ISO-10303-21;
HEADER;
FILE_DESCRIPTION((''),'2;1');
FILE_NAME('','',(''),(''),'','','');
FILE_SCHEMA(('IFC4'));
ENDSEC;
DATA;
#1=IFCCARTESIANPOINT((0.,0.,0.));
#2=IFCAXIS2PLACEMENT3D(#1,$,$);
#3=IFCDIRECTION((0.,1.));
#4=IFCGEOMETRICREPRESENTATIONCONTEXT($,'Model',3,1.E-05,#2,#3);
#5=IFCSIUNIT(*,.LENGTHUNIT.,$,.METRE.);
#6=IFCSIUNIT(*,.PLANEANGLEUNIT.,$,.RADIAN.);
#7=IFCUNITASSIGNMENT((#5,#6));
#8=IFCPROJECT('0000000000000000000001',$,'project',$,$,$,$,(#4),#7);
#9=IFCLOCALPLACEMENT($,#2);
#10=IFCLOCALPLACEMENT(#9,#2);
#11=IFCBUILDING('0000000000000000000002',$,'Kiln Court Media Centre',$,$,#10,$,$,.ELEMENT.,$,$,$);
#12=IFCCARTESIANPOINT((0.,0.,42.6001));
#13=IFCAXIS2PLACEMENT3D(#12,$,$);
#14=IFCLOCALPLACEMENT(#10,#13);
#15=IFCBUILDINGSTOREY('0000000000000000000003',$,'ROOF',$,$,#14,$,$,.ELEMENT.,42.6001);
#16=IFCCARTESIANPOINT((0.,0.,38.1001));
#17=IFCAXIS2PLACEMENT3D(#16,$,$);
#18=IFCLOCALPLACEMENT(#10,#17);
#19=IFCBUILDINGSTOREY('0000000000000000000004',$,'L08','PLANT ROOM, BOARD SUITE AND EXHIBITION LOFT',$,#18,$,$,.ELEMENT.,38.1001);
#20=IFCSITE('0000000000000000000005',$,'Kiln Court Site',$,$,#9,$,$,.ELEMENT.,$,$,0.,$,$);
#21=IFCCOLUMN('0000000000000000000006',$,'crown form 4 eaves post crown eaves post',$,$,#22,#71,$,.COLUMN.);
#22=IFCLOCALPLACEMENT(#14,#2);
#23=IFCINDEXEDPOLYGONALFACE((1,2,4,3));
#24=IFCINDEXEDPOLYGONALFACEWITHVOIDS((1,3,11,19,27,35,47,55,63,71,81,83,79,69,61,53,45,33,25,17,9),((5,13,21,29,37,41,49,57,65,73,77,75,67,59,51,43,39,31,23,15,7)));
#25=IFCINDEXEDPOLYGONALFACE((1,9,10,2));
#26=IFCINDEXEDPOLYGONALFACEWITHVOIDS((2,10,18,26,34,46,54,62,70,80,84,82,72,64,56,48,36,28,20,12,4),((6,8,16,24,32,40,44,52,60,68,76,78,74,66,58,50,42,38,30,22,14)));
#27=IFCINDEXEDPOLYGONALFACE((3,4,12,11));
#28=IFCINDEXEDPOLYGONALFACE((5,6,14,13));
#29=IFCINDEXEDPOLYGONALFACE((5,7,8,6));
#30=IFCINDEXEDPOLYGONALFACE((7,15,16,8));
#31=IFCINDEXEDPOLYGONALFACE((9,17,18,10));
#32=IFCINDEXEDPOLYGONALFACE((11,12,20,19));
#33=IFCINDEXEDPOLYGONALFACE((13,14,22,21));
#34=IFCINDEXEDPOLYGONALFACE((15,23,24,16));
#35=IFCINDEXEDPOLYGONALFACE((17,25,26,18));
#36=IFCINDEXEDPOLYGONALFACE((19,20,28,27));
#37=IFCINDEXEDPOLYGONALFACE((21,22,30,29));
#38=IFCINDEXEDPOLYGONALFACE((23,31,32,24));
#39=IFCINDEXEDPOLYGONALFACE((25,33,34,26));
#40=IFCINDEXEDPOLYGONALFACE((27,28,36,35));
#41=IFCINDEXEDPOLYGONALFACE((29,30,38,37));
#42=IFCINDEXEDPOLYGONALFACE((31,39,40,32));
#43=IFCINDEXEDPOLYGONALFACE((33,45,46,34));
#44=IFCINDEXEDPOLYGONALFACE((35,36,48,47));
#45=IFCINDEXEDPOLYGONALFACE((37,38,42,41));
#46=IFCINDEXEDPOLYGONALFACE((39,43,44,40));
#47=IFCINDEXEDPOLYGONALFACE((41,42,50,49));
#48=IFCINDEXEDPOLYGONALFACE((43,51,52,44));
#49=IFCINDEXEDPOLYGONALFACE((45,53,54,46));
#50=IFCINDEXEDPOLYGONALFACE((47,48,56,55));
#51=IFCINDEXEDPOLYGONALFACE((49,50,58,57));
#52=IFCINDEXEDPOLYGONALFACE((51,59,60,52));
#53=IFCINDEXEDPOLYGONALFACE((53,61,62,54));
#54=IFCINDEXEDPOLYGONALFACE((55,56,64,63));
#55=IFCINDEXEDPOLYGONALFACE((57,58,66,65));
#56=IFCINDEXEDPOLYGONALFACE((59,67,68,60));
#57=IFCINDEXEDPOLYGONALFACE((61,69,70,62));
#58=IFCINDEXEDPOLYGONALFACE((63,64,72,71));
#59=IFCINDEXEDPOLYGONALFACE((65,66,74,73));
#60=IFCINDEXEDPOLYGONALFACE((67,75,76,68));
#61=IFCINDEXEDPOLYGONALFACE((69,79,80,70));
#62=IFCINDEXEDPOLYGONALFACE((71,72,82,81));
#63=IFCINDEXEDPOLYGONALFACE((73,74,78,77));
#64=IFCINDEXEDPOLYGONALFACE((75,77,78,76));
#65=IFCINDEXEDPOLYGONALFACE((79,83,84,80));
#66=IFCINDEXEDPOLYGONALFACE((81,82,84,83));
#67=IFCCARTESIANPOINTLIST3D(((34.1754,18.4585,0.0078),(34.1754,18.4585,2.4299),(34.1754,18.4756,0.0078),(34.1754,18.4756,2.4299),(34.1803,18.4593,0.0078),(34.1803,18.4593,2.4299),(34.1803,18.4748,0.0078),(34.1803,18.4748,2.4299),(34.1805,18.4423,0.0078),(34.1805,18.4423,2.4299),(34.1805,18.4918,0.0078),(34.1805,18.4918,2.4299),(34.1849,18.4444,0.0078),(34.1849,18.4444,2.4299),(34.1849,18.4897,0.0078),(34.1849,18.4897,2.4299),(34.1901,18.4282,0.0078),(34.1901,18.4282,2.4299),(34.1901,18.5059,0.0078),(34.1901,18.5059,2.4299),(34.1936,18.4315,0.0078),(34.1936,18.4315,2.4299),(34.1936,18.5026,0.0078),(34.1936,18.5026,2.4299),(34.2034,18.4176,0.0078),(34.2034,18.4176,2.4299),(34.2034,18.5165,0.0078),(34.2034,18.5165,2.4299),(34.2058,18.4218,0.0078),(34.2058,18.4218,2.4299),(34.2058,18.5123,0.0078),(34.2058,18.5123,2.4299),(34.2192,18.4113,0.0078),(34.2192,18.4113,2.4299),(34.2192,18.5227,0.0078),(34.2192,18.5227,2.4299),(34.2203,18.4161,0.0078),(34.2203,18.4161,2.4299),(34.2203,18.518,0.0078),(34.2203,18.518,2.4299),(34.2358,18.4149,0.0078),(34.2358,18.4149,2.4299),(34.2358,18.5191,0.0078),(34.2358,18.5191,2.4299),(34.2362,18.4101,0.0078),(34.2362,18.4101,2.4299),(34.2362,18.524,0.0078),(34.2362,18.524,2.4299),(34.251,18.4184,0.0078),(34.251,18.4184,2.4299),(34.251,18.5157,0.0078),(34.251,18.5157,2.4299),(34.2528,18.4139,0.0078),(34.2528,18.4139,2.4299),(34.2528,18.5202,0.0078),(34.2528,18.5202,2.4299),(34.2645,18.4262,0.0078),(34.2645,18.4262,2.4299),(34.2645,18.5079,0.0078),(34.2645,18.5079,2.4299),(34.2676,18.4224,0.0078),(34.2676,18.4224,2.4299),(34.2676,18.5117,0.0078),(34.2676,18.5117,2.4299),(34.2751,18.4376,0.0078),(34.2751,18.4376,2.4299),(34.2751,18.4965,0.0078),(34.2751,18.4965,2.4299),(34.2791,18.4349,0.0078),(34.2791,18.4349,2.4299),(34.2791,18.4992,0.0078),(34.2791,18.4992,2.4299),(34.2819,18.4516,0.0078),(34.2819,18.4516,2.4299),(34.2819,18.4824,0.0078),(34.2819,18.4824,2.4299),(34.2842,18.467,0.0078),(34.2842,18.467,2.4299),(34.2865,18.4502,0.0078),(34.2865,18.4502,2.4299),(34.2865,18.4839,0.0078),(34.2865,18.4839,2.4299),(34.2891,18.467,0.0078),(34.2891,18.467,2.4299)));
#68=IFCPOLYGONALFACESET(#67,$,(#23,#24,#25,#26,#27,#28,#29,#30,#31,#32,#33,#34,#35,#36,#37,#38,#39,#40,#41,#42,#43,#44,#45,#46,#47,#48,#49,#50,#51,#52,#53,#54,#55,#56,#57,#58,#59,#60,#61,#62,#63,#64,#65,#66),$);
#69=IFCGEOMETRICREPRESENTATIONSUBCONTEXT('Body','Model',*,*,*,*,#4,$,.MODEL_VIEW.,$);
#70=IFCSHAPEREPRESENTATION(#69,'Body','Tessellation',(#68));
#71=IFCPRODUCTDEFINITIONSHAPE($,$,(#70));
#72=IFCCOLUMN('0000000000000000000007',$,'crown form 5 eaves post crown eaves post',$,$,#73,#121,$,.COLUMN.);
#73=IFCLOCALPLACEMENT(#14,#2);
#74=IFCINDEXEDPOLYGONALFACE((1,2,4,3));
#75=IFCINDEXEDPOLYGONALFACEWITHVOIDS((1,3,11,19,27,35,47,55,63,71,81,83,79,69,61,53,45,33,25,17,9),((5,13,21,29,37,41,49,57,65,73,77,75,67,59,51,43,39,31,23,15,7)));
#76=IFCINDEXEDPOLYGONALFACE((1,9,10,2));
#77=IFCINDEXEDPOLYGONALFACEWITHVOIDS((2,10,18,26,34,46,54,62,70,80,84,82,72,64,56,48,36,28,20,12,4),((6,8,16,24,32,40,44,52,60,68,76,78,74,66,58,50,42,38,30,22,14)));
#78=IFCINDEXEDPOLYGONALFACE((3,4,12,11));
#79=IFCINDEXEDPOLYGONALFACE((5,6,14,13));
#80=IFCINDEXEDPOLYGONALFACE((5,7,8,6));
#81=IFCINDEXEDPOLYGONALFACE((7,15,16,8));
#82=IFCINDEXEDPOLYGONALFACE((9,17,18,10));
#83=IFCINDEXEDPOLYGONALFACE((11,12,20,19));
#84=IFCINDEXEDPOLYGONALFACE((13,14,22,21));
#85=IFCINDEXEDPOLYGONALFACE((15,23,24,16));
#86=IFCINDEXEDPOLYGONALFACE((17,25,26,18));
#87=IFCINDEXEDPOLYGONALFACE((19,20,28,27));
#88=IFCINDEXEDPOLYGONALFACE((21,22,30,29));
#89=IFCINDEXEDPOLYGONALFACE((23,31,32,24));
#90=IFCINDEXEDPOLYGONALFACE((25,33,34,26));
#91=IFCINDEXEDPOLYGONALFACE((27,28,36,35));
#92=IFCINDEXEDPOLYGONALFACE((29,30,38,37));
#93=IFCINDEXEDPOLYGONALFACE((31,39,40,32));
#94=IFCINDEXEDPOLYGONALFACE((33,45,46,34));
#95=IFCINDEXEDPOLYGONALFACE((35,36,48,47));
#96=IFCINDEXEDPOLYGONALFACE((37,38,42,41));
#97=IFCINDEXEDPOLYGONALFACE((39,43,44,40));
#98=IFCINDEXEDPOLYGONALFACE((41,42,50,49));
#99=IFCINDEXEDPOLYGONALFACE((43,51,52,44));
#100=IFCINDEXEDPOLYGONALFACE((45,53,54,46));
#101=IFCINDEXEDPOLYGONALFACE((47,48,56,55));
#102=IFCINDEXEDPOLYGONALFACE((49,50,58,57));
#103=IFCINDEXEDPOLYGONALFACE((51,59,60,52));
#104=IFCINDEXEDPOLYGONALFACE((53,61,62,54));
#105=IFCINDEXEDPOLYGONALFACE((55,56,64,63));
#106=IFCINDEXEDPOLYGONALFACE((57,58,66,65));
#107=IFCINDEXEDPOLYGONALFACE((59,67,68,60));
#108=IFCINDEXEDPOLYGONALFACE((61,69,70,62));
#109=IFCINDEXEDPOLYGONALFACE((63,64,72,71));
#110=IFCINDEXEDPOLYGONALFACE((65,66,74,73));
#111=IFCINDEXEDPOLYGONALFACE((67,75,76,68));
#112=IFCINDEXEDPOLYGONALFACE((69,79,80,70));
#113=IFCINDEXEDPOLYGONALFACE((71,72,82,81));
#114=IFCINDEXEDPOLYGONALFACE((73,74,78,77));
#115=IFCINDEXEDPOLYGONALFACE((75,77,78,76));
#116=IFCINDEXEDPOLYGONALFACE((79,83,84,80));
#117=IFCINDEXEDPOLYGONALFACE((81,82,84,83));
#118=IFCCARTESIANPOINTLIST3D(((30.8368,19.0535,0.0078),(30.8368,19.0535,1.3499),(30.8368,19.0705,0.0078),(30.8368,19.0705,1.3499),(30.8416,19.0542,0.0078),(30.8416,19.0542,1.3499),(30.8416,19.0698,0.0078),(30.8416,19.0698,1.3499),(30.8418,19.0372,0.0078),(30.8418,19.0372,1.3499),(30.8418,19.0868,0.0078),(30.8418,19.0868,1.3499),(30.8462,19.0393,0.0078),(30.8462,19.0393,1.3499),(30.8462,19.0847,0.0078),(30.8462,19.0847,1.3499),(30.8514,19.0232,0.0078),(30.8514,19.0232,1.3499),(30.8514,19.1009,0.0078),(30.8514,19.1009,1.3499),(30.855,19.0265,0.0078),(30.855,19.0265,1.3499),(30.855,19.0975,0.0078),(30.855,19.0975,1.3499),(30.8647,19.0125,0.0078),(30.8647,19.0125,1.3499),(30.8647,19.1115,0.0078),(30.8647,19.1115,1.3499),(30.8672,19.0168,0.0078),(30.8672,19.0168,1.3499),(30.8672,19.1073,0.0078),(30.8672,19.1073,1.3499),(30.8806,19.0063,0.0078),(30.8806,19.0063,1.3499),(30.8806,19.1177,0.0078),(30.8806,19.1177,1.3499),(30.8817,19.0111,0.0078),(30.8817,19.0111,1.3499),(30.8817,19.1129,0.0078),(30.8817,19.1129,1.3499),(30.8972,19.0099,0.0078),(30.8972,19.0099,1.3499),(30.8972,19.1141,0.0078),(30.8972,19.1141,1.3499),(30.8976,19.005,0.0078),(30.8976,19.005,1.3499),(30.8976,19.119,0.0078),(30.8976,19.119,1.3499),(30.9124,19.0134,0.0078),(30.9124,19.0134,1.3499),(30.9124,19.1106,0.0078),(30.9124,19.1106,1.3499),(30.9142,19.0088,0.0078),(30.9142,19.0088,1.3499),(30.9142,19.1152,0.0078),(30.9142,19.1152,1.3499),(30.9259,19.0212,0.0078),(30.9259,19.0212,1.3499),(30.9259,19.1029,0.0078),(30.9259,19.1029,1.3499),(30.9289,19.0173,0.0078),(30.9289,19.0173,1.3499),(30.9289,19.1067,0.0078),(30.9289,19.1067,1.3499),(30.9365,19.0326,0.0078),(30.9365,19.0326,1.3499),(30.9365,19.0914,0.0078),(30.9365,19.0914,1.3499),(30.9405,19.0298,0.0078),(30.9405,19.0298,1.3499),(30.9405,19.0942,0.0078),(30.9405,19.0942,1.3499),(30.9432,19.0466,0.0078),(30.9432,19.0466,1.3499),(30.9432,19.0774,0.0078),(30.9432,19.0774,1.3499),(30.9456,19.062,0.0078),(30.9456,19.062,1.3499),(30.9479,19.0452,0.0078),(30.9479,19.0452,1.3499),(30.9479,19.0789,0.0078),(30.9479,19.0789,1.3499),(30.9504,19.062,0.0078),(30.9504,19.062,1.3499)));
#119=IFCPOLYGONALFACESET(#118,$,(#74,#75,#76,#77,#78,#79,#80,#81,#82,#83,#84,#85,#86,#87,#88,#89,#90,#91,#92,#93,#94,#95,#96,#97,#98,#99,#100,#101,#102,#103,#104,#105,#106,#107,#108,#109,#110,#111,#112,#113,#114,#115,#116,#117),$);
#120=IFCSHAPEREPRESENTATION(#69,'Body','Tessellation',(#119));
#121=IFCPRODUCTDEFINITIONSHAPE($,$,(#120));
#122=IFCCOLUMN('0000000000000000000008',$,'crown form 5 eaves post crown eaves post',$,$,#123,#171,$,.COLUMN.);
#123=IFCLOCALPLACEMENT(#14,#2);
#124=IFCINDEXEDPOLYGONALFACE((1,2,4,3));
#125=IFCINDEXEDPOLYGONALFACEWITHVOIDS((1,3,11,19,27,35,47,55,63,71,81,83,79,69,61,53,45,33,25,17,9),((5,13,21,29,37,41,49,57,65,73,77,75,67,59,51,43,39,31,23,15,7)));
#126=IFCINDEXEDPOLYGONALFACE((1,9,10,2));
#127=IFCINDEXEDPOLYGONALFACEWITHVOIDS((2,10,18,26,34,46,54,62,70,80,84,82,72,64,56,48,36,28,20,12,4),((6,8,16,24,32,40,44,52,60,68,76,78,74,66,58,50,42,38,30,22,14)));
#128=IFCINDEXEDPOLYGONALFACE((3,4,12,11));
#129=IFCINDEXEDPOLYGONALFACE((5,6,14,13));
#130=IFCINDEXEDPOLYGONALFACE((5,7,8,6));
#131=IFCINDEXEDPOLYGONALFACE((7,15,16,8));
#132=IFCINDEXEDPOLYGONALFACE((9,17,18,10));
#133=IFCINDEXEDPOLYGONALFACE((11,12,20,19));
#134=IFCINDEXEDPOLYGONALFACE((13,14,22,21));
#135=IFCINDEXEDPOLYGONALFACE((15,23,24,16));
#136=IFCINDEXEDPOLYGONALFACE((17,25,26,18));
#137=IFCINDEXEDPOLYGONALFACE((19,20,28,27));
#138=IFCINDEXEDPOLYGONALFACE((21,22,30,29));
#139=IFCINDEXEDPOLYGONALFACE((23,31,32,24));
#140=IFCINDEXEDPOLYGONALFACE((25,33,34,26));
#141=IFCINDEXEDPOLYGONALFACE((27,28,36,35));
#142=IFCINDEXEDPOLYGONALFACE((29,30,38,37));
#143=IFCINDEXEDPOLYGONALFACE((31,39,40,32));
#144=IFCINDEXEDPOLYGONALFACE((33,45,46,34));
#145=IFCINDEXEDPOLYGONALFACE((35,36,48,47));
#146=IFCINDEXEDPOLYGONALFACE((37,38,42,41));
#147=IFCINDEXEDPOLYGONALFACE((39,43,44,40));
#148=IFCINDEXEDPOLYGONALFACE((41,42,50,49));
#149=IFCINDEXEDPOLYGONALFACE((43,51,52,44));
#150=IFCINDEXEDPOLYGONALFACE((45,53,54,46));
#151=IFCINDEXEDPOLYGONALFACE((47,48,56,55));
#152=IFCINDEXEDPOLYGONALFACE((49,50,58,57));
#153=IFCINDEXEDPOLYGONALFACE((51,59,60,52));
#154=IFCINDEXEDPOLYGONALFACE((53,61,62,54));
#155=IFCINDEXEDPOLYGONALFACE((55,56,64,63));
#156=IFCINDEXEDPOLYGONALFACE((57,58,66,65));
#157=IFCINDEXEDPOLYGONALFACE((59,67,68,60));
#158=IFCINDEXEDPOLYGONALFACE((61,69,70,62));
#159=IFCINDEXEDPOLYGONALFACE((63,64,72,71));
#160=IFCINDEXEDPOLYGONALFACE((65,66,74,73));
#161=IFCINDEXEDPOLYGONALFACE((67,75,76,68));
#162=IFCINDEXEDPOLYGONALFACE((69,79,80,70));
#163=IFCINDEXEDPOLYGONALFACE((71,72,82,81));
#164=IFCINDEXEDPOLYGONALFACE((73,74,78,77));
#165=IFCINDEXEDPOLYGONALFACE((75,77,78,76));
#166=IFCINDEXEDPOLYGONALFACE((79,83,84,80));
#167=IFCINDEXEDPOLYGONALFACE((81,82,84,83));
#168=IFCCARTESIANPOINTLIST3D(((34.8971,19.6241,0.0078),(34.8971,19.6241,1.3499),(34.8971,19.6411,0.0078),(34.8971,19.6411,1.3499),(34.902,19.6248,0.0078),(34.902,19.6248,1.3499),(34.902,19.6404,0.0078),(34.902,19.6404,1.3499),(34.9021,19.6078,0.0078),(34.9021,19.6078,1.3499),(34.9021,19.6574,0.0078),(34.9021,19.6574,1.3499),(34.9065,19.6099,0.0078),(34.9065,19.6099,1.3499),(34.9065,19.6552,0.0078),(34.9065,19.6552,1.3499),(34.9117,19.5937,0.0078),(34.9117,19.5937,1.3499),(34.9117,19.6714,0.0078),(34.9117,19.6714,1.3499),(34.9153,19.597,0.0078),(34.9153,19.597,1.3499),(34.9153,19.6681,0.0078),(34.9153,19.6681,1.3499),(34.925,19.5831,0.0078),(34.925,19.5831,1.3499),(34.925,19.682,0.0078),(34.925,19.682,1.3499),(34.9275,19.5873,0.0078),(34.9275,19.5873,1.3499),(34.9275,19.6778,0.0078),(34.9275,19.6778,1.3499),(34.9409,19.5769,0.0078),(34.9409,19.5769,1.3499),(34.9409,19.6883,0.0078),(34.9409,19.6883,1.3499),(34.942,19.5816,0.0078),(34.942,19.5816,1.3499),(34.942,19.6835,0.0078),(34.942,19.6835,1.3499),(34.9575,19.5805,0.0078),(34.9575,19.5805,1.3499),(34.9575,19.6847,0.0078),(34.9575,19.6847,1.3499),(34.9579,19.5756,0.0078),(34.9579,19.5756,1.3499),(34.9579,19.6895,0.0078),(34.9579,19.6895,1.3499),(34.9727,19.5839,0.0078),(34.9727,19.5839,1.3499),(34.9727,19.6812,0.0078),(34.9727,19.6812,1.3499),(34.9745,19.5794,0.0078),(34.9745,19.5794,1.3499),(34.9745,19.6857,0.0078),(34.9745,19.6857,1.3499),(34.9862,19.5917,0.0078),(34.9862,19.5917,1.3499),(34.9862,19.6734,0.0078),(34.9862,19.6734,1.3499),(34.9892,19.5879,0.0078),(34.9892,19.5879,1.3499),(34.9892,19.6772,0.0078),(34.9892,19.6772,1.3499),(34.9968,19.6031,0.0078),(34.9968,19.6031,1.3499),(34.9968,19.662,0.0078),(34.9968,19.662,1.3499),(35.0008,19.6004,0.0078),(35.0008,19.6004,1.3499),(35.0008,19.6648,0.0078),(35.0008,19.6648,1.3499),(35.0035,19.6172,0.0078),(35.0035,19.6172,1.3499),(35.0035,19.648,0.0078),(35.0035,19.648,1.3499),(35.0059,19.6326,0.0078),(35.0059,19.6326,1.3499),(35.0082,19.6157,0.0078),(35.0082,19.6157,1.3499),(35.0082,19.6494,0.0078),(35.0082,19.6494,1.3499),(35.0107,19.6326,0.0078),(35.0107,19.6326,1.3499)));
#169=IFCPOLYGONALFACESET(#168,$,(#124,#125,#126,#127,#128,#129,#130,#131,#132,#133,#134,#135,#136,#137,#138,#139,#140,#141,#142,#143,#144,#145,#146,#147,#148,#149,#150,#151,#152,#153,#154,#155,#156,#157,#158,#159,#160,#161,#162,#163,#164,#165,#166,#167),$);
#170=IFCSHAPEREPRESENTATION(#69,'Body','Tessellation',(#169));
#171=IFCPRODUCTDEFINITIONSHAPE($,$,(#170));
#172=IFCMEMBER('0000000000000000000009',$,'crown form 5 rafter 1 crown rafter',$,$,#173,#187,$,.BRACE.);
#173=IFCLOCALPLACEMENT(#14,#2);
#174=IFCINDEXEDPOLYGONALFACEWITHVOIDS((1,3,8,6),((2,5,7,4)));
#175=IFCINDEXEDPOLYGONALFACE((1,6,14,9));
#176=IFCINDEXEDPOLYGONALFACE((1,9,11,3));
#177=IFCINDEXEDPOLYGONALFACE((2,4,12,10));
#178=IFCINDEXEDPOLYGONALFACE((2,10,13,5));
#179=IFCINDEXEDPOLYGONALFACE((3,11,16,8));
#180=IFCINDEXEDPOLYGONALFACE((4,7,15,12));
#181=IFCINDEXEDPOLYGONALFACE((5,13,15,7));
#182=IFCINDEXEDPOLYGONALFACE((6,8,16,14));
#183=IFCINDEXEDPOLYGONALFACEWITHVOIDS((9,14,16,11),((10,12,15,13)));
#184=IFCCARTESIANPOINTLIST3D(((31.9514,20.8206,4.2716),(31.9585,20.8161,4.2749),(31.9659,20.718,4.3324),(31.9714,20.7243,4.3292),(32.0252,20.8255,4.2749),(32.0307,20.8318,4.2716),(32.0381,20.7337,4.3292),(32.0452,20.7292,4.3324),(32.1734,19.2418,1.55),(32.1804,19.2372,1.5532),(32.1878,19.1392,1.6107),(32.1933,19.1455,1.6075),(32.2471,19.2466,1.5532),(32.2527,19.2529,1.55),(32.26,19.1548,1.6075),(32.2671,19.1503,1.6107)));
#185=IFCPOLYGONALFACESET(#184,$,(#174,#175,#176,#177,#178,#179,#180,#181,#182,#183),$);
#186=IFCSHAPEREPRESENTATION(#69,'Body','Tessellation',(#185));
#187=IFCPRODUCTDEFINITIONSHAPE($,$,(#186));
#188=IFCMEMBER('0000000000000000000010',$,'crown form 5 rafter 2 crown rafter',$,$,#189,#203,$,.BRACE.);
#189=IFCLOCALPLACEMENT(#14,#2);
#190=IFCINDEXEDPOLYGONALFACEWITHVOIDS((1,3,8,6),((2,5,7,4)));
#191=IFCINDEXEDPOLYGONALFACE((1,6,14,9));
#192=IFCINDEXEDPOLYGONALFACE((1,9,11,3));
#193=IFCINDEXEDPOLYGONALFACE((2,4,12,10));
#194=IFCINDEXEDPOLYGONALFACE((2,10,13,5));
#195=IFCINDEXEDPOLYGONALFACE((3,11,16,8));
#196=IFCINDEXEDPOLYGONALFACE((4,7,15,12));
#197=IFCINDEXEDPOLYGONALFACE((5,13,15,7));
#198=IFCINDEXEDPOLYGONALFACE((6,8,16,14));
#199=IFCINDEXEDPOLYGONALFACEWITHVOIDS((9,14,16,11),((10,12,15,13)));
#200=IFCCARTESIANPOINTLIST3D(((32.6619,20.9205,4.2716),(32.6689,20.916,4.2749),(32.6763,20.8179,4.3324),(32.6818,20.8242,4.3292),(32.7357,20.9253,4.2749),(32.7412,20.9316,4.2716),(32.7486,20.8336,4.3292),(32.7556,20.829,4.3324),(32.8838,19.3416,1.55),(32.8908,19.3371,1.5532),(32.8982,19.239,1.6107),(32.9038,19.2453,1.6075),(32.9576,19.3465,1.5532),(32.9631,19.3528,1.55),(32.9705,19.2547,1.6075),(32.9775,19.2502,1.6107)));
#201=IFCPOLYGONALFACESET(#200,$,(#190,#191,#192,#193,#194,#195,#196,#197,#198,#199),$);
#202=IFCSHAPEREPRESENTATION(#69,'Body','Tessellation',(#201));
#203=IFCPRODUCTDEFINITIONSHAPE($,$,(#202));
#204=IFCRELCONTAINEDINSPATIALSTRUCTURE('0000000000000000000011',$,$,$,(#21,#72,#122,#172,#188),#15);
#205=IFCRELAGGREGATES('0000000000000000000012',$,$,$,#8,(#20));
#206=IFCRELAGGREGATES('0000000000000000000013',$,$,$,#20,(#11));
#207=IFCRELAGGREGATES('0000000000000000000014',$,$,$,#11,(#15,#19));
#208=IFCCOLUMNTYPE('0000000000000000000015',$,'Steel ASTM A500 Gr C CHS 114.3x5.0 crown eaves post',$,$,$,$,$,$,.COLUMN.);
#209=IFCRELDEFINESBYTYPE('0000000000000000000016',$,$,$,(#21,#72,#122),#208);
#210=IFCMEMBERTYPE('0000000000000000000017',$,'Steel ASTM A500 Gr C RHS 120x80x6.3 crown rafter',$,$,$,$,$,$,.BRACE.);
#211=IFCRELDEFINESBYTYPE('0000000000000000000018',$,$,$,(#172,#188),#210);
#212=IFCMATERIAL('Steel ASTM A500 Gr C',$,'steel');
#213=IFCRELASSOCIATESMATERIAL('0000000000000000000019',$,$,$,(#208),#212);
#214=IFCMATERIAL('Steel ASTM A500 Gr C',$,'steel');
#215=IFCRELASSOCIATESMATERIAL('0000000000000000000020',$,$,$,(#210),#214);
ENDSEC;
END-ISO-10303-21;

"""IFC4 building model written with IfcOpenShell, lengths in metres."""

from ifc_helpers import new_model, si_unit, direction, frame, origin, origin_2d, place, context, subcontext, project, spatial, hollow_rectangle, hollow_circle, extrude, material, material_profile, profile_set, type_object, element, save


model = new_model("IFC4")

# Units and contexts
model_context = context("Model", 3, precision=1e-05, world=origin(), true_north=direction((0.0, 1.0)))
body_context = subcontext(model_context, "Body", "Model", "MODEL_VIEW")
ifc_project = project(units=[si_unit("LENGTHUNIT", "METRE"), si_unit("PLANEANGLEUNIT", "RADIAN")], contexts=[model_context])

# Site, building, storey
site_placement = place(None, origin())
site = spatial("IfcSite", under=ifc_project, at=site_placement, Name="Kiln Court Site", CompositionType="ELEMENT", RefElevation=0.0)
building_placement = place(site_placement, origin())
building = spatial("IfcBuilding", under=site, at=building_placement, Name="Kiln Court Media Centre", CompositionType="ELEMENT")
storey_1_placement = place(building_placement, frame((0.0, 0.0, 42.6001)))
storey_1 = spatial("IfcBuildingStorey", under=building, at=storey_1_placement, Name="ROOF", CompositionType="ELEMENT", Elevation=42.6001)

# Columns
ifc_material_1 = material(Name="Steel ASTM A500 Gr C", Category="steel")
ifc_material_profile_1 = material_profile(ifc_material_1, hollow_circle(Radius=0.0571, WallThickness=0.0049, at=origin_2d()), Name="CHS 114.3x5.0")
ifc_profile_set_1 = profile_set([ifc_material_profile_1], Name="Steel ASTM A500 Gr C")
column_type = type_object("IfcColumnType", Name="Steel ASTM A500 Gr C CHS 114.3x5.0 crown eaves post", PredefinedType="COLUMN", material=ifc_profile_set_1)
column_placement = place(storey_1_placement, frame((34.2319, 18.467, 0.0078), z_axis=(0.0, 0.0, 1.0), x_axis=(1.0, 0.0, 0.0)))
element("IfcColumn", 1, at=column_placement, inside=storey_1, type_object=column_type, Name="crown form 4 eaves post crown eaves post", PredefinedType="COLUMN", context=body_context, shape_type="SweptSolid", body=[
    extrude(hollow_circle(Radius=0.0571, WallThickness=0.0049, at=origin_2d()), origin(), (0.0, 0.0, 1.0), 2.4221),
])
for number, where, z_axis, x_axis, name in (
    (2, (30.8933, 19.062, 0.0078), (0.0, 0.0, 1.0), (1.0, 0.0, 0.0), "crown form 5 eaves post crown eaves post"),
    (3, (34.9536, 19.6326, 0.0078), (0.0, 0.0, 1.0), (1.0, 0.0, 0.0), "crown form 5 eaves post crown eaves post"),
):
    element("IfcColumn", number, at=place(storey_1_placement, frame(where, z_axis=z_axis, x_axis=x_axis)), inside=storey_1, type_object=column_type, Name=name, PredefinedType="COLUMN", context=body_context, shape_type="SweptSolid", body=[
        extrude(hollow_circle(Radius=0.0571, WallThickness=0.0049, at=origin_2d()), origin(), (0.0, 0.0, 1.0), 1.342),
    ])

# Members
ifc_material_2 = material(Name="Steel ASTM A500 Gr C", Category="steel")
ifc_material_profile_2 = material_profile(ifc_material_2, hollow_rectangle(XDim=0.0801, YDim=0.1201, WallThickness=0.0063, at=origin_2d()), Name="RHS 120x80x6.3")
ifc_profile_set_2 = profile_set([ifc_material_profile_2], Name="Steel ASTM A500 Gr C")
member_type = type_object("IfcMemberType", Name="Steel ASTM A500 Gr C RHS 120x80x6.3 crown rafter", PredefinedType="BRACE", material=ifc_profile_set_2)
for number, where, z_axis, x_axis, name in (
    (4, (32.2202, 19.196, 1.5803), (-0.070356, 0.500542, 0.862849), (-0.990265, -0.139191, 0.0), "crown form 5 rafter 1 crown rafter"),
    (5, (32.9307, 19.2959, 1.5803), (-0.070356, 0.500542, 0.862849), (-0.990265, -0.139191, 0.0), "crown form 5 rafter 2 crown rafter"),
):
    element("IfcMember", number, at=place(storey_1_placement, frame(where, z_axis=z_axis, x_axis=x_axis)), inside=storey_1, type_object=member_type, Name=name, PredefinedType="BRACE", context=body_context, shape_type="SweptSolid", body=[
        extrude(hollow_rectangle(XDim=0.0801, YDim=0.1201, WallThickness=0.0063, at=origin_2d()), origin(), (0.0, 0.0, 1.0), 3.1543),
    ])

# Shared definitions
storey_2_placement = place(building_placement, frame((0.0, 0.0, 38.1001)))
storey_2 = spatial("IfcBuildingStorey", under=building, at=storey_2_placement, Name="L08", Description="PLANT ROOM, BOARD SUITE AND EXHIBITION LOFT", CompositionType="ELEMENT", Elevation=38.1001)

save(model, "model.ifc")
